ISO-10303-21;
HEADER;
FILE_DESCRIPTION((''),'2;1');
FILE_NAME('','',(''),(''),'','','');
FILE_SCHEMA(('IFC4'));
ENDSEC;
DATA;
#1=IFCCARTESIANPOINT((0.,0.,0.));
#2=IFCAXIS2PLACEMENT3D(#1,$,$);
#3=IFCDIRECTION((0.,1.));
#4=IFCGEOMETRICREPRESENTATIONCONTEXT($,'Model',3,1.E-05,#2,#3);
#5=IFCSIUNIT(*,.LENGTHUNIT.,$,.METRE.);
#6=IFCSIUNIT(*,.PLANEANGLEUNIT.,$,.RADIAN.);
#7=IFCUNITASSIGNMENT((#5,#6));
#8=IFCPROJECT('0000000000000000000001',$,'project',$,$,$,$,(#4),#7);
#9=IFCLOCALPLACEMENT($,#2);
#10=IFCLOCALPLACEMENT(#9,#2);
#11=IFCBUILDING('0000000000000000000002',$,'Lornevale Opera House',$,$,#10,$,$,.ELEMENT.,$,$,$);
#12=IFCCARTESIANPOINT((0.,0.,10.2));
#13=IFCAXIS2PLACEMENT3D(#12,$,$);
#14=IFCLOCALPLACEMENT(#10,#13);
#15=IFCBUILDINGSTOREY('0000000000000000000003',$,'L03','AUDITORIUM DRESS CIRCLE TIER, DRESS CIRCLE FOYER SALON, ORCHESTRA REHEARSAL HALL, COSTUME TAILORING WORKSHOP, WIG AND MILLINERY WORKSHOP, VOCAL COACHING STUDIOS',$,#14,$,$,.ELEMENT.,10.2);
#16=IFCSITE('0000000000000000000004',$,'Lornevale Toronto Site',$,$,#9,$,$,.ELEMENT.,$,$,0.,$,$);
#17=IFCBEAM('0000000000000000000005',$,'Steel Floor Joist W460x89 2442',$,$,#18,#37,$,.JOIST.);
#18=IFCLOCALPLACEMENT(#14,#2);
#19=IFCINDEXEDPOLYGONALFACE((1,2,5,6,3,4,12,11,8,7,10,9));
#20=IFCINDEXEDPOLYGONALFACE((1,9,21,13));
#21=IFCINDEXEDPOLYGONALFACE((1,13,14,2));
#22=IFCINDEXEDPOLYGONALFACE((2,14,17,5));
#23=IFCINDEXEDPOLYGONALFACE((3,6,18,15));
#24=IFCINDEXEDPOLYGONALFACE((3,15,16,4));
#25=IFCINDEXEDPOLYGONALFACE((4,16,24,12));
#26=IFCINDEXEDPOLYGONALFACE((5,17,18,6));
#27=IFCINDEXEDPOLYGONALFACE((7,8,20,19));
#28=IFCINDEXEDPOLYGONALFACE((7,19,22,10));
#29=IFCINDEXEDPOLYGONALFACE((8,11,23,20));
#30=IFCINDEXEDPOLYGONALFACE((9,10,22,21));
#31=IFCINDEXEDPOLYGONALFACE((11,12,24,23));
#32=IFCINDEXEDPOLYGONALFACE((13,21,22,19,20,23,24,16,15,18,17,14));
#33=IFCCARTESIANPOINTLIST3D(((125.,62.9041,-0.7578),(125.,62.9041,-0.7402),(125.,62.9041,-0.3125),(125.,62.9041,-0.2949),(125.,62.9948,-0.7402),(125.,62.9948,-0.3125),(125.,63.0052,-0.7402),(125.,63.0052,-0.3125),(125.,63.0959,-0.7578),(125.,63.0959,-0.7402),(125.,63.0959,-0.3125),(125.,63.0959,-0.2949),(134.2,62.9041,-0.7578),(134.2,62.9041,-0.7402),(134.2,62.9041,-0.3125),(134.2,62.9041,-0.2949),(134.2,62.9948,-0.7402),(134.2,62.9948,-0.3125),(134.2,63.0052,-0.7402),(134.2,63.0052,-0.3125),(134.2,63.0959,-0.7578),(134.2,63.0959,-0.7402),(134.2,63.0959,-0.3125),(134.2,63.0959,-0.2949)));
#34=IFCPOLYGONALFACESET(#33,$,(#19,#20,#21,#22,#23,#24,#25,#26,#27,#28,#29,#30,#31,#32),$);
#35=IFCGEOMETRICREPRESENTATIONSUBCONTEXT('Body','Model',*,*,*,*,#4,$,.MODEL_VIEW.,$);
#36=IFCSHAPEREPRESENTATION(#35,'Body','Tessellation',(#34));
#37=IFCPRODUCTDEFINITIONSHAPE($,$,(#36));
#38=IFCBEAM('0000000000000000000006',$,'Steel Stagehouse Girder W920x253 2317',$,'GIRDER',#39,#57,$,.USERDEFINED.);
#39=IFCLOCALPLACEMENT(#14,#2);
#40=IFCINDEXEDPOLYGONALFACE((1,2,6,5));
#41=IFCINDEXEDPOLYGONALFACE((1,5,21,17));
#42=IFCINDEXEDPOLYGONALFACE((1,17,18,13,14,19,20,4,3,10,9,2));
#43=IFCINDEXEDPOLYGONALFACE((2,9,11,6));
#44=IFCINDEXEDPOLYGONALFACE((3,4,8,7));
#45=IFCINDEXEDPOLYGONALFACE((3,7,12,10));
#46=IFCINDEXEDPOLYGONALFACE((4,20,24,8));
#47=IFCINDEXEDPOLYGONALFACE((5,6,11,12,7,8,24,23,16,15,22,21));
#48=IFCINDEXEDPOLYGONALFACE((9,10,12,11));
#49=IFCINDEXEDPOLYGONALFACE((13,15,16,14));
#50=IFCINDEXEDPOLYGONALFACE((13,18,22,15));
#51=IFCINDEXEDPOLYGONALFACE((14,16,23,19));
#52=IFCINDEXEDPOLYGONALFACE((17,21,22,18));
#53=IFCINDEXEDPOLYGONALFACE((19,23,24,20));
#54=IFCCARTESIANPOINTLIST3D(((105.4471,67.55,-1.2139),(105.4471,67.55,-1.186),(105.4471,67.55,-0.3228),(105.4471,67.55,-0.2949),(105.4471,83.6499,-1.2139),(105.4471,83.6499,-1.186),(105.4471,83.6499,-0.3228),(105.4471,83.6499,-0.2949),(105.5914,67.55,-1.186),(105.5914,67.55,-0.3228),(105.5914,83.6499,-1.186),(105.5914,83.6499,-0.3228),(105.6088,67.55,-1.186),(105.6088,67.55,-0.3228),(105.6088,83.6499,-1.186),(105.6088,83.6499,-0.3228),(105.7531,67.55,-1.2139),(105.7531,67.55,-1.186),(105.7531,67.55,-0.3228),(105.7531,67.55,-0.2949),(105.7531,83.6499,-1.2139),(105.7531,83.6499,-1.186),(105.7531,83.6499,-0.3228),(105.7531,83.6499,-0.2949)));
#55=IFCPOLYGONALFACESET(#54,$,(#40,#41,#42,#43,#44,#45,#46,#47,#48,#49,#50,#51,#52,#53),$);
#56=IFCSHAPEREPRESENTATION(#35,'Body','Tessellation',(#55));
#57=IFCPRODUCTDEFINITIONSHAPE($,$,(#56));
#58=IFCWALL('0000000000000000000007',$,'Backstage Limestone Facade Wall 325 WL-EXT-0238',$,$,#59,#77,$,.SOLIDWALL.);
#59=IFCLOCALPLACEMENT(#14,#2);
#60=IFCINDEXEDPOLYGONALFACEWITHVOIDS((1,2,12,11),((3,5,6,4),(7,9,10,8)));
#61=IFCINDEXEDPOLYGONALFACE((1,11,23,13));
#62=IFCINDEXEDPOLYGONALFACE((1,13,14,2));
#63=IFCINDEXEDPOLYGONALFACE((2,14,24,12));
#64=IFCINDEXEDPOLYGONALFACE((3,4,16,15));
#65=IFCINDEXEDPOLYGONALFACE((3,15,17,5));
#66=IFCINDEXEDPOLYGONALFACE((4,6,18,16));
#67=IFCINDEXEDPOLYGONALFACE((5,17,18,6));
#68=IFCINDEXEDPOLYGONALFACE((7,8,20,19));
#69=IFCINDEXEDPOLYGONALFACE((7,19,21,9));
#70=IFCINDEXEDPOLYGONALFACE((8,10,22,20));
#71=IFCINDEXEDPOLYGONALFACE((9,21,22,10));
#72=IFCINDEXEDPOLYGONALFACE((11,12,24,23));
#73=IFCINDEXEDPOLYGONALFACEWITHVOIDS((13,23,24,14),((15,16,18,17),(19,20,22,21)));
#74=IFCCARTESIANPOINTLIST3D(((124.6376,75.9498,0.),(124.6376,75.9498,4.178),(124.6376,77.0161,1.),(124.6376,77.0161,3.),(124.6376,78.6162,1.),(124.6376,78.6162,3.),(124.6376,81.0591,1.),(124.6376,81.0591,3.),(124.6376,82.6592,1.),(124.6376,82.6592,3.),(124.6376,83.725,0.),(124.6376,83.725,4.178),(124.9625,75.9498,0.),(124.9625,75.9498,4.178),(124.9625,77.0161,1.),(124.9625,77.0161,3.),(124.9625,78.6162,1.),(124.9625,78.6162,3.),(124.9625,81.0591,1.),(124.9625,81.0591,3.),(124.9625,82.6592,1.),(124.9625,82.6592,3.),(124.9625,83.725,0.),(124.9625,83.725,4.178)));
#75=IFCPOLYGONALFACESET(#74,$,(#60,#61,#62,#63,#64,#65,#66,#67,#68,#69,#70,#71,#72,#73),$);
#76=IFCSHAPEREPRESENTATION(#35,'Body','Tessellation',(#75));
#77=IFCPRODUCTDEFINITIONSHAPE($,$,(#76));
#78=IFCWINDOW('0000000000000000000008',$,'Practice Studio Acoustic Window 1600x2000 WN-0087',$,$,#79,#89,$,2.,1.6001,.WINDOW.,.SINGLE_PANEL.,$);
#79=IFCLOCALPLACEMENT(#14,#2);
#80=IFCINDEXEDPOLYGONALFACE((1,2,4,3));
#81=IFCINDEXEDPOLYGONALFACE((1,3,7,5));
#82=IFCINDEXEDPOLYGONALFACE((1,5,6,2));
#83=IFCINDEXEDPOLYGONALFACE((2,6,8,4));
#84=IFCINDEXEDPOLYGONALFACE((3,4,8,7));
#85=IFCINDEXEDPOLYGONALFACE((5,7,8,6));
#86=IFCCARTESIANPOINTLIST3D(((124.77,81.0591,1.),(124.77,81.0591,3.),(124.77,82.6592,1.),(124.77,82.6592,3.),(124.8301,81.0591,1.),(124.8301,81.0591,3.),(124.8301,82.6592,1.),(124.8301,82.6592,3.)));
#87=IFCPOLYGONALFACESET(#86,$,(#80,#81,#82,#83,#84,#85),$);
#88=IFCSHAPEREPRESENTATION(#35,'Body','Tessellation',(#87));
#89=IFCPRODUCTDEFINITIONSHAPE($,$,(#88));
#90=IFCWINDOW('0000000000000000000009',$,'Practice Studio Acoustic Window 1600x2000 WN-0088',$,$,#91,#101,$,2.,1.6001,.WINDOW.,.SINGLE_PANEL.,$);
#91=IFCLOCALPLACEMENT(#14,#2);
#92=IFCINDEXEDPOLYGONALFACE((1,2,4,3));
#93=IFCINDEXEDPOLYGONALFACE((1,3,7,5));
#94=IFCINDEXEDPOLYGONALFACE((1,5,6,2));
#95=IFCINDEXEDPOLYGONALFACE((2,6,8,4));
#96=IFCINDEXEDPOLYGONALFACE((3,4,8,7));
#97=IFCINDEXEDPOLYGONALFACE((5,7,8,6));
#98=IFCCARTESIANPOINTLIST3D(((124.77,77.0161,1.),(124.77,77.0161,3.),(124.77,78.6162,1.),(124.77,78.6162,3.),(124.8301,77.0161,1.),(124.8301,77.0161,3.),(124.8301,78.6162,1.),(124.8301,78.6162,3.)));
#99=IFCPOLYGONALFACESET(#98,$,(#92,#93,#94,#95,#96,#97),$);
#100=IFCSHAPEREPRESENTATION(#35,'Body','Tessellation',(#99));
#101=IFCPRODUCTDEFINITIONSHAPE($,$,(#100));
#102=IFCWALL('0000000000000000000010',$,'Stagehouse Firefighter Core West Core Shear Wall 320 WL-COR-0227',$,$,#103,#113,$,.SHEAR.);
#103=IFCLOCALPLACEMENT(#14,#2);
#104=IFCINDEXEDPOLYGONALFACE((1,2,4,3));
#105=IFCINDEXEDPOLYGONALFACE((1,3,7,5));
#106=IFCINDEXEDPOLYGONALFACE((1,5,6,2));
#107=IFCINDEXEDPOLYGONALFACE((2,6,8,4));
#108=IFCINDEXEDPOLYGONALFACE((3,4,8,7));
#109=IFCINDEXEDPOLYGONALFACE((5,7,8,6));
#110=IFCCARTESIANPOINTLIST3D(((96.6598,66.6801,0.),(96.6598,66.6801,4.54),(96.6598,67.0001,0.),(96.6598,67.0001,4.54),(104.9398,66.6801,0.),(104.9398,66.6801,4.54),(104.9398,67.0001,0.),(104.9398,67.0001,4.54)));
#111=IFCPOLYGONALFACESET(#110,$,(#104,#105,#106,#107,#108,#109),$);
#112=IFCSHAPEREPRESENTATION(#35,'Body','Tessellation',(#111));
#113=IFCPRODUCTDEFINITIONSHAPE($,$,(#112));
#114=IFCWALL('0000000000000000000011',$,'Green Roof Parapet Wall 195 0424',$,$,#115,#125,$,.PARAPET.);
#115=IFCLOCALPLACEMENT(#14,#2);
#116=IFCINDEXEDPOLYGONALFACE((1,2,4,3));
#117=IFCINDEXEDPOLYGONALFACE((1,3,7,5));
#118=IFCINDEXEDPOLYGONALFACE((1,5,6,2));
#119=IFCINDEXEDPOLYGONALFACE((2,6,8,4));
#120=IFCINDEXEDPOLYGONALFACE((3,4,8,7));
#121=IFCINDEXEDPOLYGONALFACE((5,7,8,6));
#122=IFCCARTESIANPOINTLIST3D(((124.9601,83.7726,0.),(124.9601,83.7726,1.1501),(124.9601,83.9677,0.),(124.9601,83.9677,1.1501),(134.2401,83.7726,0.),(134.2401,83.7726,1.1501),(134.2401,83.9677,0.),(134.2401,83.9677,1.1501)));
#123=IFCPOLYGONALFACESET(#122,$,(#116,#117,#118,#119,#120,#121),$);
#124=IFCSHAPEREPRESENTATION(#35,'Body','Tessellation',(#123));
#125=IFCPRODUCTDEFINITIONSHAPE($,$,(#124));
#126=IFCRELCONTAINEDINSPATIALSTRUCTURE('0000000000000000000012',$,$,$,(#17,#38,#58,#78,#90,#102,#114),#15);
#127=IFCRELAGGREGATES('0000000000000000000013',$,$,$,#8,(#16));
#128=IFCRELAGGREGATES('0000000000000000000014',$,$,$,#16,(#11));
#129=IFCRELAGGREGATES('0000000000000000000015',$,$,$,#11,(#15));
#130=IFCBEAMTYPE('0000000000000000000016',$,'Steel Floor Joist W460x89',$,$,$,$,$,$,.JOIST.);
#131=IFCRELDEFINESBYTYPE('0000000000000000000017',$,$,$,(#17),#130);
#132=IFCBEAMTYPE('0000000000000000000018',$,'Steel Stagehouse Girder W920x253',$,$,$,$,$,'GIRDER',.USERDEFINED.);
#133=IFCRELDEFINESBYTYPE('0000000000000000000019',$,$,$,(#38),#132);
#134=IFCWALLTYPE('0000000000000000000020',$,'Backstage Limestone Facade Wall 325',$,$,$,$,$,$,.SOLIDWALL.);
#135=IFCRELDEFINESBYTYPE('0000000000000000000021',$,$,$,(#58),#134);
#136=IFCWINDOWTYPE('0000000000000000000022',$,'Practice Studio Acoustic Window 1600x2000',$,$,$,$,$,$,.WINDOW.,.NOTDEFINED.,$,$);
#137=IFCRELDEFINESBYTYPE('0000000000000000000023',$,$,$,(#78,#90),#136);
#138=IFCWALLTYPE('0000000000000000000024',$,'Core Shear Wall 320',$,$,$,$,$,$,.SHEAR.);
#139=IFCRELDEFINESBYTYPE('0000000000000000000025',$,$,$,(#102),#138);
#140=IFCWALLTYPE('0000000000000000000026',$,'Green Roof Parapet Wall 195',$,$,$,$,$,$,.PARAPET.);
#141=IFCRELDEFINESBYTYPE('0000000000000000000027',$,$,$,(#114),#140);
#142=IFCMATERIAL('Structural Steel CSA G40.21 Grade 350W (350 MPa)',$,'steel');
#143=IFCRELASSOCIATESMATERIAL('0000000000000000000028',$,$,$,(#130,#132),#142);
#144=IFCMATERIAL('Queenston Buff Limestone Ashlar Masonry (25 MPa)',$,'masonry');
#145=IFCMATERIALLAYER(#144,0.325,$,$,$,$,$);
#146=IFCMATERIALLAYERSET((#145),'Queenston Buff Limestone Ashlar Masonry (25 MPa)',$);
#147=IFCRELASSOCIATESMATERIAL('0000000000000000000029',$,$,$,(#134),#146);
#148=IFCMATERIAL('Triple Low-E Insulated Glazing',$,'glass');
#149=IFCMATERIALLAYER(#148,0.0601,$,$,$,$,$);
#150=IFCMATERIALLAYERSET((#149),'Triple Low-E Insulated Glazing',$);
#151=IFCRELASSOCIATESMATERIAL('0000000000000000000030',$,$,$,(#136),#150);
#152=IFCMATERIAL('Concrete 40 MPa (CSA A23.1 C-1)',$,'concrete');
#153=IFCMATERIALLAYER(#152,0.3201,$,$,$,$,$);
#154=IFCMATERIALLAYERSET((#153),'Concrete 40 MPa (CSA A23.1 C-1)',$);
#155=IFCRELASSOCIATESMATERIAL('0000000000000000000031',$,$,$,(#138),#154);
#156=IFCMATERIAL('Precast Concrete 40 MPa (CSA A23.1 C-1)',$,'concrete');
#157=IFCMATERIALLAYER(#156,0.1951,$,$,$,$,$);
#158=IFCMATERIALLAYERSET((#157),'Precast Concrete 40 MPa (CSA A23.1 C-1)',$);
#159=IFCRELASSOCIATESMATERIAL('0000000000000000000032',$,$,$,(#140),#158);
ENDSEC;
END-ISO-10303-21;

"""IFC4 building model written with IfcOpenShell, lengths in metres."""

from ifc_helpers import new_model, si_unit, direction, frame, frame_2d, origin, origin_2d, place, context, subcontext, project, spatial, rectangle, i_section, extrude, material, layer, layer_set, material_profile, profile_set, type_object, element, fill, save


model = new_model("IFC4")

# Units and contexts
model_context = context("Model", 3, precision=1e-05, world=origin(), true_north=direction((0.0, 1.0)))
body_context = subcontext(model_context, "Body", "Model", "MODEL_VIEW")
ifc_project = project(units=[si_unit("LENGTHUNIT", "METRE"), si_unit("PLANEANGLEUNIT", "RADIAN")], contexts=[model_context])

# Site, building, storey
site_placement = place(None, origin())
site = spatial("IfcSite", under=ifc_project, at=site_placement, Name="Lornevale Toronto Site", CompositionType="ELEMENT", RefElevation=0.0)
building_placement = place(site_placement, origin())
building = spatial("IfcBuilding", under=site, at=building_placement, Name="Lornevale Opera House", CompositionType="ELEMENT")
storey_placement = place(building_placement, frame((0.0, 0.0, 10.2)))
storey = spatial("IfcBuildingStorey", under=building, at=storey_placement, Name="L03", Description="AUDITORIUM DRESS CIRCLE TIER, DRESS CIRCLE FOYER SALON, ORCHESTRA REHEARSAL HALL, COSTUME TAILORING WORKSHOP, WIG AND MILLINERY WORKSHOP, VOCAL COACHING STUDIOS", CompositionType="ELEMENT", Elevation=10.2)

# Shared definitions
ifc_material_1 = material(Name="Concrete 40 MPa (CSA A23.1 C-1)", Category="concrete")

# Beams
ifc_material_2 = material(Name="Structural Steel CSA G40.21 Grade 350W (350 MPa)", Category="steel")
ifc_material_profile_1 = material_profile(ifc_material_2, i_section(OverallWidth=0.1919, OverallDepth=0.4629, WebThickness=0.0105, FlangeThickness=0.0176, at=origin_2d()), Name="W460x89")
ifc_profile_set_1 = profile_set([ifc_material_profile_1], Name="Structural Steel CSA G40.21 Grade 350W (350 MPa)")
beam_type_1 = type_object("IfcBeamType", Name="Steel Floor Joist W460x89", PredefinedType="JOIST", material=ifc_profile_set_1)
for number, where, z_axis, x_axis, name in (
    (1, (125.0, 63.0, -0.5264), (1.0, 0.0, 0.0), (0.0, 1.0, 0.0), "Steel Floor Joist W460x89 2442"),
):
    element("IfcBeam", number, at=place(storey_placement, frame(where, z_axis=z_axis, x_axis=x_axis)), inside=storey, type_object=beam_type_1, Name=name, PredefinedType="JOIST", context=body_context, shape_type="SweptSolid", body=[
        extrude(i_section(OverallWidth=0.1919, OverallDepth=0.4629, WebThickness=0.0105, FlangeThickness=0.0176, at=origin_2d()), origin(), (0.0, 0.0, 1.0), 9.2),
    ])
ifc_material_profile_2 = material_profile(ifc_material_2, i_section(OverallWidth=0.3059, OverallDepth=0.9189, WebThickness=0.0173, FlangeThickness=0.0278, at=origin_2d()), Name="W920x253")
ifc_profile_set_2 = profile_set([ifc_material_profile_2], Name="Structural Steel CSA G40.21 Grade 350W (350 MPa)")
beam_type_2 = type_object("IfcBeamType", Name="Steel Stagehouse Girder W920x253", ElementType="GIRDER", PredefinedType="USERDEFINED", material=ifc_profile_set_2)
beam_1_placement = place(storey_placement, frame((105.6001, 67.55, -0.7544), z_axis=(0.0, 1.0, 0.0), x_axis=(-1.0, 0.0, 0.0)))
element("IfcBeam", 2, at=beam_1_placement, inside=storey, type_object=beam_type_2, Name="Steel Stagehouse Girder W920x253 2317", ObjectType="GIRDER", PredefinedType="USERDEFINED", context=body_context, shape_type="SweptSolid", body=[
    extrude(i_section(OverallWidth=0.3059, OverallDepth=0.9189, WebThickness=0.0173, FlangeThickness=0.0278, at=origin_2d()), origin(), (0.0, 0.0, 1.0), 16.0999),
])

# Wall, openings, windows
ifc_material_3 = material(Name="Queenston Buff Limestone Ashlar Masonry (25 MPa)", Category="masonry")
ifc_layer_1 = layer(ifc_material_3, 0.325)
ifc_layer_set_1 = layer_set([ifc_layer_1], Name="Queenston Buff Limestone Ashlar Masonry (25 MPa)")
wall_type_1 = type_object("IfcWallType", Name="Backstage Limestone Facade Wall 325", PredefinedType="SOLIDWALL", material=ifc_layer_set_1)
wall_1_placement = place(storey_placement, frame((124.8, 83.7251, 0.0), z_axis=(0.0, 0.0, 1.0), x_axis=(0.0, -1.0, 0.0)))
wall_1 = element("IfcWall", 3, at=wall_1_placement, inside=storey, type_object=wall_type_1, Name="Backstage Limestone Facade Wall 325 WL-EXT-0238", PredefinedType="SOLIDWALL", context=body_context, shape_type="SweptSolid", body=[
    extrude(rectangle(XDim=7.7751, YDim=0.325, at=frame_2d((3.8877, 0.0))), origin(), (0.0, 0.0, 1.0), 4.178),
])
opening_1_placement = place(wall_1_placement, frame((1.0659, 0.0, 1.0)))
opening_1 = element("IfcOpeningElement", 4, at=opening_1_placement, cuts=wall_1, PredefinedType="OPENING", context=body_context, shape_type="SweptSolid", body=[
    extrude(rectangle(XDim=1.6001, YDim=2.0, at=frame_2d((0.8, 1.0))), frame((0.0, 0.1724, 0.0), z_axis=(0.0, -1.0, 0.0), x_axis=(1.0, 0.0, 0.0)), (0.0, 0.0, 1.0), 0.345),
])
opening_2_placement = place(wall_1_placement, frame((5.1089, 0.0, 1.0)))
opening_2 = element("IfcOpeningElement", 5, at=opening_2_placement, cuts=wall_1, PredefinedType="OPENING", context=body_context, shape_type="SweptSolid", body=[
    extrude(rectangle(XDim=1.6001, YDim=2.0, at=frame_2d((0.8, 1.0))), frame((0.0, 0.1724, 0.0), z_axis=(0.0, -1.0, 0.0), x_axis=(1.0, 0.0, 0.0)), (0.0, 0.0, 1.0), 0.345),
])
ifc_material_4 = material(Name="Triple Low-E Insulated Glazing", Category="glass")
ifc_layer_2 = layer(ifc_material_4, 0.0601)
ifc_layer_set_2 = layer_set([ifc_layer_2], Name="Triple Low-E Insulated Glazing")
window_type = type_object("IfcWindowType", Name="Practice Studio Acoustic Window 1600x2000", PartitioningType="NOTDEFINED", PredefinedType="WINDOW", material=ifc_layer_set_2)
window_1_placement = place(opening_1_placement, origin())
window_1 = element("IfcWindow", 6, at=window_1_placement, inside=storey, type_object=window_type, Name="Practice Studio Acoustic Window 1600x2000 WN-0087", OverallHeight=2.0, OverallWidth=1.6001, PartitioningType="SINGLE_PANEL", PredefinedType="WINDOW", context=body_context, shape_type="SweptSolid", body=[
    extrude(rectangle(XDim=1.6001, YDim=2.0, at=frame_2d((0.8, 1.0))), frame((0.0, 0.03, 0.0), z_axis=(0.0, -1.0, 0.0), x_axis=(1.0, 0.0, 0.0)), (0.0, 0.0, 1.0), 0.0601),
])
fill(opening_1, window_1)
window_2_placement = place(opening_2_placement, origin())
window_2 = element("IfcWindow", 7, at=window_2_placement, inside=storey, type_object=window_type, Name="Practice Studio Acoustic Window 1600x2000 WN-0088", OverallHeight=2.0, OverallWidth=1.6001, PartitioningType="SINGLE_PANEL", PredefinedType="WINDOW", context=body_context, shape_type="SweptSolid", body=[
    extrude(rectangle(XDim=1.6001, YDim=2.0, at=frame_2d((0.8, 1.0))), frame((0.0, 0.03, 0.0), z_axis=(0.0, -1.0, 0.0), x_axis=(1.0, 0.0, 0.0)), (0.0, 0.0, 1.0), 0.0601),
])
fill(opening_2, window_2)

# Walls
ifc_layer_3 = layer(ifc_material_1, 0.3201)
ifc_layer_set_3 = layer_set([ifc_layer_3], Name="Concrete 40 MPa (CSA A23.1 C-1)")
wall_type_2 = type_object("IfcWallType", Name="Core Shear Wall 320", PredefinedType="SHEAR", material=ifc_layer_set_3)
wall_2_placement = place(storey_placement, frame((104.9399, 66.8401, 0.0), z_axis=(0.0, 0.0, 1.0), x_axis=(-1.0, 0.0, 0.0)))
element("IfcWall", 8, at=wall_2_placement, inside=storey, type_object=wall_type_2, Name="Stagehouse Firefighter Core West Core Shear Wall 320 WL-COR-0227", PredefinedType="SHEAR", context=body_context, shape_type="SweptSolid", body=[
    extrude(rectangle(XDim=8.28, YDim=0.3201, at=frame_2d((4.1401, 0.0))), origin(), (0.0, 0.0, 1.0), 4.54),
])
ifc_material_5 = material(Name="Precast Concrete 40 MPa (CSA A23.1 C-1)", Category="concrete")
ifc_layer_4 = layer(ifc_material_5, 0.1951)
ifc_layer_set_4 = layer_set([ifc_layer_4], Name="Precast Concrete 40 MPa (CSA A23.1 C-1)")
wall_type_3 = type_object("IfcWallType", Name="Green Roof Parapet Wall 195", PredefinedType="PARAPET", material=ifc_layer_set_4)
wall_3_placement = place(storey_placement, frame((124.96, 83.8701, 0.0), z_axis=(0.0, 0.0, 1.0), x_axis=(1.0, 0.0, 0.0)))
element("IfcWall", 9, at=wall_3_placement, inside=storey, type_object=wall_type_3, Name="Green Roof Parapet Wall 195 0424", PredefinedType="PARAPET", context=body_context, shape_type="SweptSolid", body=[
    extrude(rectangle(XDim=9.28, YDim=0.1951, at=frame_2d((4.6401, 0.0))), origin(), (0.0, 0.0, 1.0), 1.1501),
])

save(model, "model.ifc")
